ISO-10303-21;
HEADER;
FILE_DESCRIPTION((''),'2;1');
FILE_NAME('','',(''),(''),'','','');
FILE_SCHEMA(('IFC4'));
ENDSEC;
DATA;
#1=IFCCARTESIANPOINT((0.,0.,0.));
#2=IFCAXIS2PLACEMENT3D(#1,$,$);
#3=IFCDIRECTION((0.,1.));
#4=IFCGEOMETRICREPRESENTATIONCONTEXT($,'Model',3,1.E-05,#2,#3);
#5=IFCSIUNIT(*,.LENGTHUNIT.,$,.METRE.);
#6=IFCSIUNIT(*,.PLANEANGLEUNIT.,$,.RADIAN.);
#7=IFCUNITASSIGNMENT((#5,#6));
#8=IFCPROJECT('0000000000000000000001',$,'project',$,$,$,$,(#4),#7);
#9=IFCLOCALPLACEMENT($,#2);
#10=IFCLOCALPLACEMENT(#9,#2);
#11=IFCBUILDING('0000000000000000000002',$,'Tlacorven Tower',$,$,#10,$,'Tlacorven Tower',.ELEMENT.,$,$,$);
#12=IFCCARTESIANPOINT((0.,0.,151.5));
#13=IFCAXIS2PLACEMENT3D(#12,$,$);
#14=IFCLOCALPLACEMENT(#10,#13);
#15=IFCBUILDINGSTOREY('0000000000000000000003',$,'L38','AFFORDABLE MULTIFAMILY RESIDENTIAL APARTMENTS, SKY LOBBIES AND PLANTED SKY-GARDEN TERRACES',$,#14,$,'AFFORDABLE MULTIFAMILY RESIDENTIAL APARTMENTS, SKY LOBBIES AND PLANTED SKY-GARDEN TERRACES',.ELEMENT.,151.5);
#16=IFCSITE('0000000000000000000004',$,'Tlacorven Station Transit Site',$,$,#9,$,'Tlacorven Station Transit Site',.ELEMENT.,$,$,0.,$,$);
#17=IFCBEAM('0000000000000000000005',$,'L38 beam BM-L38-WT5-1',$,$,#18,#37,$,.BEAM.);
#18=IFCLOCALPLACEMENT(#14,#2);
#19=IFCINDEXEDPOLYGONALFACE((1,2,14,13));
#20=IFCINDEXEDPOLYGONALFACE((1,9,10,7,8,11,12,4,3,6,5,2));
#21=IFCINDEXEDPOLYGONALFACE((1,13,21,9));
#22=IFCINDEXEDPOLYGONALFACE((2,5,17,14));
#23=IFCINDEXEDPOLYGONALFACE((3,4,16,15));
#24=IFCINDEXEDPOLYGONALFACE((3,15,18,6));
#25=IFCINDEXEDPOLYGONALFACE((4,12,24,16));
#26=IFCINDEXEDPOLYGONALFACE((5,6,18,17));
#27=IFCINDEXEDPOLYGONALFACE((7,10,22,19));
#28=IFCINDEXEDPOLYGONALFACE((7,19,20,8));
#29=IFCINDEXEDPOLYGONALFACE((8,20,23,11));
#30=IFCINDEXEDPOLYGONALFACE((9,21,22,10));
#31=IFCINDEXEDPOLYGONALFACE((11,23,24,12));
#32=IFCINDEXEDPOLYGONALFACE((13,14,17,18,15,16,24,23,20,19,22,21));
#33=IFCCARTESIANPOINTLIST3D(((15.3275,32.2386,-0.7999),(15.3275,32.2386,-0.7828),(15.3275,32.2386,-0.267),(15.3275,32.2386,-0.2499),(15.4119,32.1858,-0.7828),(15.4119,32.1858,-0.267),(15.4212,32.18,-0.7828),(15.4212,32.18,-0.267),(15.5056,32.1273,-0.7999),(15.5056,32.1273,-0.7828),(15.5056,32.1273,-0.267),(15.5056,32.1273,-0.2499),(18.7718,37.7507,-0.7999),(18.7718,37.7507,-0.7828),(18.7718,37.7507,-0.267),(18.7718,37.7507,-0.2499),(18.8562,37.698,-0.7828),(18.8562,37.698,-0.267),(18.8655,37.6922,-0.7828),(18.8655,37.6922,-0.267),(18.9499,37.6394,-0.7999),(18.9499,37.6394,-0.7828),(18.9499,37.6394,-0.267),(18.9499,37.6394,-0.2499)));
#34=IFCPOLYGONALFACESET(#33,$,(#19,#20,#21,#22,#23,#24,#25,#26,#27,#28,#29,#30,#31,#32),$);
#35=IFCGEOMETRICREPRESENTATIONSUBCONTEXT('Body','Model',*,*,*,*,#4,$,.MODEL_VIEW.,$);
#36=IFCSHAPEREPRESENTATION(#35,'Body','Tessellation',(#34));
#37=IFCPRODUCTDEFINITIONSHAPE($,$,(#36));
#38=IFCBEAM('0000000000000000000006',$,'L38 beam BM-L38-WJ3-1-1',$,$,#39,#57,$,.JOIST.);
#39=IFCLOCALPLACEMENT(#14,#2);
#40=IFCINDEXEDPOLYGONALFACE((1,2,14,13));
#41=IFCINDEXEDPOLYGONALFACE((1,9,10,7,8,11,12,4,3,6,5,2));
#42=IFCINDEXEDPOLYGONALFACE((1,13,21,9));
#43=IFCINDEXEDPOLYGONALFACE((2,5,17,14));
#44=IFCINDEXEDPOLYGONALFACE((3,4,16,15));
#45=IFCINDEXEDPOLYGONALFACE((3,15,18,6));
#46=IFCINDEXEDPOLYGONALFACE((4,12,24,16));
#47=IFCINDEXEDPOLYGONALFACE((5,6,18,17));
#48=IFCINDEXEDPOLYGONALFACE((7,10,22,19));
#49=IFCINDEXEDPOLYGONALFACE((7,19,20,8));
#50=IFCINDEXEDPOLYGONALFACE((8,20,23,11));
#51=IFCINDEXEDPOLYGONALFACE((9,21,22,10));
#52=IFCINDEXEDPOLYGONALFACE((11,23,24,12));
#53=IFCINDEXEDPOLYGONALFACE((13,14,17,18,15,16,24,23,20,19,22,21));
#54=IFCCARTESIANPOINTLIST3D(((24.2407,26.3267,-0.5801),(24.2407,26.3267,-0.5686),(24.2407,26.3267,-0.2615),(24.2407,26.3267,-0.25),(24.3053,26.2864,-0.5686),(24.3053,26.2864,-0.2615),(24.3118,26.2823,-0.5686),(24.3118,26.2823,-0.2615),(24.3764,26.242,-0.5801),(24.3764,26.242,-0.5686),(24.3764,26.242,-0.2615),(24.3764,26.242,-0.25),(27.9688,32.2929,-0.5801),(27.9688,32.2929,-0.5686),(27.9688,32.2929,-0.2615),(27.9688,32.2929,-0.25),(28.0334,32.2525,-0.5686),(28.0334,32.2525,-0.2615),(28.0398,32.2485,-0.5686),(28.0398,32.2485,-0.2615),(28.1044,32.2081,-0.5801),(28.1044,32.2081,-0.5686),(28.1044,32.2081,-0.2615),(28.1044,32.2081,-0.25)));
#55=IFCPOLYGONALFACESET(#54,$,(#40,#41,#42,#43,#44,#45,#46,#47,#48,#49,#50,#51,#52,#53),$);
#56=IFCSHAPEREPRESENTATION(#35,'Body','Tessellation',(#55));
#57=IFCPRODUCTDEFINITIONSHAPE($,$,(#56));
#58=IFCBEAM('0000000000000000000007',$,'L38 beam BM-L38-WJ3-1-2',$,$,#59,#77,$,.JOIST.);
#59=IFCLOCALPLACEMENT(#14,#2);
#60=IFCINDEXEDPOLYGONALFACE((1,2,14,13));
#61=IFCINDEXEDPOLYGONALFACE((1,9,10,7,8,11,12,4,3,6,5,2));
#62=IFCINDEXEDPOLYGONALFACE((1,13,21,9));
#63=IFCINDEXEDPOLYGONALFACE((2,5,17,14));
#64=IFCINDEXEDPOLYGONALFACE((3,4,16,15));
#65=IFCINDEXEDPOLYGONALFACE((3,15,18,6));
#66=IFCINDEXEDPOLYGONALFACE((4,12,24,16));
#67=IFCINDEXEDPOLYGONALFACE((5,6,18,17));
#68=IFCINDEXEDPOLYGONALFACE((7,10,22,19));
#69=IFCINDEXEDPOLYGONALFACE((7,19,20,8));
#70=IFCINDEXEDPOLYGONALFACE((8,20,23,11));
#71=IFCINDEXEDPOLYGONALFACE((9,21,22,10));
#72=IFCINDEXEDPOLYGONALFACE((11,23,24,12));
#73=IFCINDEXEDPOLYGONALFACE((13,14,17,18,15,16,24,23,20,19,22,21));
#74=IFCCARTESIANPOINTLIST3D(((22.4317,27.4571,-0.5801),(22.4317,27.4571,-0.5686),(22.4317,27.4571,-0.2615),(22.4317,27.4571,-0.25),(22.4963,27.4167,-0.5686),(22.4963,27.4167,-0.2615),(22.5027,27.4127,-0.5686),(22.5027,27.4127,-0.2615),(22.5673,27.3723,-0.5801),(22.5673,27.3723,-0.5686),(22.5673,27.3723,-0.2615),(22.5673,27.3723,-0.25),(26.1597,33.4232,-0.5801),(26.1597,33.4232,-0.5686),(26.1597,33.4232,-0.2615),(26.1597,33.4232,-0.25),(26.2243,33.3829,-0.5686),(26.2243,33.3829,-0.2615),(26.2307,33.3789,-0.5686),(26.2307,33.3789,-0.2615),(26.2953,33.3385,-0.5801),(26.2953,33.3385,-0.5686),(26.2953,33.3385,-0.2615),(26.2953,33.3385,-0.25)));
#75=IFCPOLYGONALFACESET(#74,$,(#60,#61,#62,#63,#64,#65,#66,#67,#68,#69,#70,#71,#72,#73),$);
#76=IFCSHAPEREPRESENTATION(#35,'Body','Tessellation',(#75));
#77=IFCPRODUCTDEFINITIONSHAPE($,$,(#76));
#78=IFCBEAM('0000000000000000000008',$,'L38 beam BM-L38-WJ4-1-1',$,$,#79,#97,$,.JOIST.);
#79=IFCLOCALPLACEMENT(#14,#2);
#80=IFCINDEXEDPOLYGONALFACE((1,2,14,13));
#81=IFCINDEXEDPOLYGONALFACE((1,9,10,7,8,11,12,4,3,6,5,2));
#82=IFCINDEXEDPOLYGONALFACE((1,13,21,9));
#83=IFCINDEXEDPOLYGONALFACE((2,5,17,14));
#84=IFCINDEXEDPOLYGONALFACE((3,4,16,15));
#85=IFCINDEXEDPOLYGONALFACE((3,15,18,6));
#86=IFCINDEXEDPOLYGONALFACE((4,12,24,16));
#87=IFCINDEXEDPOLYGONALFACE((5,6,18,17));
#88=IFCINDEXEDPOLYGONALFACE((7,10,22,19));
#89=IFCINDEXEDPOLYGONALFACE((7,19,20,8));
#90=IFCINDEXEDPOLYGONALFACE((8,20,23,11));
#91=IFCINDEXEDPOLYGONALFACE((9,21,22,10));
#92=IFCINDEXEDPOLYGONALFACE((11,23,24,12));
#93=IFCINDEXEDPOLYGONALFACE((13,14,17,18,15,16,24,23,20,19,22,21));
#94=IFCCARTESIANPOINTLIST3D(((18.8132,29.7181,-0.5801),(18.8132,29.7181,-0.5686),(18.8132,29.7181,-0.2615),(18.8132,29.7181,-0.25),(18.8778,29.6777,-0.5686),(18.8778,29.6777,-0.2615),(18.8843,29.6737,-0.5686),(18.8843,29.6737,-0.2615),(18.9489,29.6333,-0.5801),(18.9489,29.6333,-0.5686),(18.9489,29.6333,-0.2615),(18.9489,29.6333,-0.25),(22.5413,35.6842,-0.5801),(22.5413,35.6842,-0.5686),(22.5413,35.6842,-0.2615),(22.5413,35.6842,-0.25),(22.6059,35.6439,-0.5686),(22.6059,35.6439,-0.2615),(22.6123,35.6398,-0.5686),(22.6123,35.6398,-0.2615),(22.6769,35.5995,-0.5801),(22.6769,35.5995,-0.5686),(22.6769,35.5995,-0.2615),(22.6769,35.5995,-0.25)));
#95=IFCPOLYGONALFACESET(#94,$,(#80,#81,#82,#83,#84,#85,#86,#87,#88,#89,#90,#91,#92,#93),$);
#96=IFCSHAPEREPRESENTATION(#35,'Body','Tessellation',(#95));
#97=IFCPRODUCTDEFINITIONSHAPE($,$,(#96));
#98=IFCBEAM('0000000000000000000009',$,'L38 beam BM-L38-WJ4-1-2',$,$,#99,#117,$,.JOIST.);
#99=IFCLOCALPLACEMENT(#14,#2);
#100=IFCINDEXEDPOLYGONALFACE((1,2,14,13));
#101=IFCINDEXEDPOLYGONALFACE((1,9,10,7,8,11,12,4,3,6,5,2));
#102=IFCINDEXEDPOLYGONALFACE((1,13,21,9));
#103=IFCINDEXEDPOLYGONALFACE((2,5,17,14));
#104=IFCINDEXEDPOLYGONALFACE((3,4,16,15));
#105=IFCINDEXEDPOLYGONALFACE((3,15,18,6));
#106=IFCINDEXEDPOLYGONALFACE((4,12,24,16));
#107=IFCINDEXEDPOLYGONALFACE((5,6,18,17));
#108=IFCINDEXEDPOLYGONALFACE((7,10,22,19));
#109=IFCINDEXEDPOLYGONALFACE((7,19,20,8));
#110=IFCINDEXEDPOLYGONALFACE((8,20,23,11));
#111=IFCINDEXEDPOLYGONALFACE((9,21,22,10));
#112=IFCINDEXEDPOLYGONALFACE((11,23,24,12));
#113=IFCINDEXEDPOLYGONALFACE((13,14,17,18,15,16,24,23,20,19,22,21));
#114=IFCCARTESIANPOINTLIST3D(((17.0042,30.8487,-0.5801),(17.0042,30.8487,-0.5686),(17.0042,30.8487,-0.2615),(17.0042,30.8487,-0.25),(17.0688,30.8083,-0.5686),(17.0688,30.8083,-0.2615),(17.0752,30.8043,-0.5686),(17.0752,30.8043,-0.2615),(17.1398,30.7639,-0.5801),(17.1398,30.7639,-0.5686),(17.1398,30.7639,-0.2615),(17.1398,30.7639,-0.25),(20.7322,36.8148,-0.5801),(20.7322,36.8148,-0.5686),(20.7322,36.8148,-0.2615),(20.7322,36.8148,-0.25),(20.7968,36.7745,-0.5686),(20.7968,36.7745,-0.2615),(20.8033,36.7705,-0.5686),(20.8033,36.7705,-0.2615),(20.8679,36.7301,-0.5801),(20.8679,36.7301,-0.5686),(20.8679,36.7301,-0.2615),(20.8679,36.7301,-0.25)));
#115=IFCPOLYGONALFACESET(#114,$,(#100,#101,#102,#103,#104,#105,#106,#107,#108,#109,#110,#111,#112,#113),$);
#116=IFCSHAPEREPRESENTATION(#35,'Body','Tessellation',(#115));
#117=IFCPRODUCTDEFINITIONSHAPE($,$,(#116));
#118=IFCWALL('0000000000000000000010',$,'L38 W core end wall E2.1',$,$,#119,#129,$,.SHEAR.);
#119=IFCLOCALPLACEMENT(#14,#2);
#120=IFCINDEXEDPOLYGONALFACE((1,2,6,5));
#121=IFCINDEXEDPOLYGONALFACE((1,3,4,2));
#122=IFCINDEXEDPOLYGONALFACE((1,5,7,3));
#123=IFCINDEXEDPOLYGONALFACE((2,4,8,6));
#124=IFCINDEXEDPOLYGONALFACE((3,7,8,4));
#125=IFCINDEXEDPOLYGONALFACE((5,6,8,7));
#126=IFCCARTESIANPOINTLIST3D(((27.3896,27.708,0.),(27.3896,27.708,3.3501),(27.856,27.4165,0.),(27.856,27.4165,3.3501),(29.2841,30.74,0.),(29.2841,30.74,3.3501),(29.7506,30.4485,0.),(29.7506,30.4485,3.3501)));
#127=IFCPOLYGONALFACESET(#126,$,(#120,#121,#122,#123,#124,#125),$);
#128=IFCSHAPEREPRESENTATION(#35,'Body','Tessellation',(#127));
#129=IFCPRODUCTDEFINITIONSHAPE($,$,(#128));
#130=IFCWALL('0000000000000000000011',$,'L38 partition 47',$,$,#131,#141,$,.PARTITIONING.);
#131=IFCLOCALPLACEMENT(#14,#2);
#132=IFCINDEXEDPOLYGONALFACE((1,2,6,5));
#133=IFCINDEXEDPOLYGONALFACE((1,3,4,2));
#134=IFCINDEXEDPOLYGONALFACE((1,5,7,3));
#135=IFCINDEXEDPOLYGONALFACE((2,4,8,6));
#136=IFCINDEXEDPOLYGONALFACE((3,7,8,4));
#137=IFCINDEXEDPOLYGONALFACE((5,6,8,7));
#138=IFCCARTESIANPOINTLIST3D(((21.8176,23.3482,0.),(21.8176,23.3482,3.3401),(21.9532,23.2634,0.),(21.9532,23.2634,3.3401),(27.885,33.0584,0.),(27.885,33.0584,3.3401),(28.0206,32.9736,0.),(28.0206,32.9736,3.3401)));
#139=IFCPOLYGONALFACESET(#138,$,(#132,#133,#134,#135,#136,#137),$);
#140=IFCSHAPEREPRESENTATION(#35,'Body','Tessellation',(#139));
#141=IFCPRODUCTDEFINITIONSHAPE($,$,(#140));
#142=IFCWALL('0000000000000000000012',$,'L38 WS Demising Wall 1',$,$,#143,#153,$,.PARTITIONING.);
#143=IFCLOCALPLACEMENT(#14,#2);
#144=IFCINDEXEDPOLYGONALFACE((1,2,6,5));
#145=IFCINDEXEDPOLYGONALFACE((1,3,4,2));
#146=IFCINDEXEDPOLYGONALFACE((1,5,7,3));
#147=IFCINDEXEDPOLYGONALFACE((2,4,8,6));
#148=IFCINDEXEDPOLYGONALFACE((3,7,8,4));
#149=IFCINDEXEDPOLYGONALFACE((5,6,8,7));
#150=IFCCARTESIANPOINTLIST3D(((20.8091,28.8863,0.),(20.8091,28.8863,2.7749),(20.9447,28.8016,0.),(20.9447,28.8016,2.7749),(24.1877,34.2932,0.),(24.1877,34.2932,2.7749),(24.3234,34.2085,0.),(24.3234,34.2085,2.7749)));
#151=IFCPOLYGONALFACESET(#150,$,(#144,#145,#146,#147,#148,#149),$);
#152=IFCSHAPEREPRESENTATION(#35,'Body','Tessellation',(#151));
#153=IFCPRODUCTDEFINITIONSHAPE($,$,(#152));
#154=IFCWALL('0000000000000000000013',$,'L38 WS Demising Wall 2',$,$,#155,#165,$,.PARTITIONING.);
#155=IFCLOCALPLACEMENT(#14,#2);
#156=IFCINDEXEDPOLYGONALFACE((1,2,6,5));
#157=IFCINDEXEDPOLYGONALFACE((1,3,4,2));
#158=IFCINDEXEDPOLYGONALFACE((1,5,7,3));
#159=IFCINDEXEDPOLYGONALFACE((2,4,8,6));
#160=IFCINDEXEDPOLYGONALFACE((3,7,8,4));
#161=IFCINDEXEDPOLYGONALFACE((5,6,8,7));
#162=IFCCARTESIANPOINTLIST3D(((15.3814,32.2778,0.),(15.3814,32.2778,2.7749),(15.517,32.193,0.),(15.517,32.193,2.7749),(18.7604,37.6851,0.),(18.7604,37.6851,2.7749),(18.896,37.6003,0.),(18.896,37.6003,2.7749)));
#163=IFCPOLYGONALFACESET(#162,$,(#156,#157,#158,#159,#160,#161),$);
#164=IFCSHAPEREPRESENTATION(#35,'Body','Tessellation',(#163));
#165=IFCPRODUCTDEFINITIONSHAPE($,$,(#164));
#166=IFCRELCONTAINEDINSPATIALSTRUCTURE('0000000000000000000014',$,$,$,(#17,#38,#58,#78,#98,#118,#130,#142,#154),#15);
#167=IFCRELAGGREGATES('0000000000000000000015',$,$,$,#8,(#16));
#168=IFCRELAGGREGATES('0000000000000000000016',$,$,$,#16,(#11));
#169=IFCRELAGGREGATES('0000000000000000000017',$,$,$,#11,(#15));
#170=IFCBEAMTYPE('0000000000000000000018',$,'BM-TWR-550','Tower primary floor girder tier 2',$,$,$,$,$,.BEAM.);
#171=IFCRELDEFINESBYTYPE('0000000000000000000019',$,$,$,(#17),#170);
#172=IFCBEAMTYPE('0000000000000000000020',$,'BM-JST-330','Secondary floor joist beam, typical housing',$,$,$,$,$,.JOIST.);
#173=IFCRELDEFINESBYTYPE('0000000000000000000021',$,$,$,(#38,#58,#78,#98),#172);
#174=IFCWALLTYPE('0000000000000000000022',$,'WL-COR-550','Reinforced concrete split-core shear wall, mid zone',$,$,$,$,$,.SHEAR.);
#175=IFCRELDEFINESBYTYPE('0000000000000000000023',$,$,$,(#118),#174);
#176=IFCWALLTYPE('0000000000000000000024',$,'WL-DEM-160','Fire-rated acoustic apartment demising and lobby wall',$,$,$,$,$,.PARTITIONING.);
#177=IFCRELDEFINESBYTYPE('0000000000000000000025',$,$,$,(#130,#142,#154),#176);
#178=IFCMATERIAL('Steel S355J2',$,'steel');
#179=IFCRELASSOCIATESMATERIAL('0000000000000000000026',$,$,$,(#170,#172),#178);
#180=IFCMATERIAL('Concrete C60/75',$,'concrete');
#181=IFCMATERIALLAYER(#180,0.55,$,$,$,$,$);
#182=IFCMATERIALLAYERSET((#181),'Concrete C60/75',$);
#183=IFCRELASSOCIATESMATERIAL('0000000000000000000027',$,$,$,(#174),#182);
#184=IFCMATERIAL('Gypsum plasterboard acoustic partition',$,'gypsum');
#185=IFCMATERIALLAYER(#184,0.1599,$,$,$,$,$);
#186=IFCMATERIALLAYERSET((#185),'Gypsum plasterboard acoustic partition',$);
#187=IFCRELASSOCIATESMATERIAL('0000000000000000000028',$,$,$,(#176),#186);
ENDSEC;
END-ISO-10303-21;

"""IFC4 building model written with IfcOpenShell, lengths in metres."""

from ifc_helpers import new_model, si_unit, direction, frame, frame_2d, origin, origin_2d, place, context, subcontext, project, spatial, rectangle, i_section, extrude, source, transform, mapped, material, layer, layer_set, material_profile, profile_set, type_object, element, save


model = new_model("IFC4")

# Units and contexts
model_context = context("Model", 3, precision=1e-05, world=origin(), true_north=direction((0.0, 1.0)))
body_context = subcontext(model_context, "Body", "Model", "MODEL_VIEW")
ifc_project = project(units=[si_unit("LENGTHUNIT", "METRE"), si_unit("PLANEANGLEUNIT", "RADIAN")], contexts=[model_context])

# Site, building, storey
site_placement = place(None, origin())
site = spatial("IfcSite", under=ifc_project, at=site_placement, Name="Tlacorven Station Transit Site", LongName="Tlacorven Station Transit Site", CompositionType="ELEMENT", RefElevation=0.0)
building_placement = place(site_placement, origin())
building = spatial("IfcBuilding", under=site, at=building_placement, Name="Tlacorven Tower", LongName="Tlacorven Tower", CompositionType="ELEMENT")
storey_placement = place(building_placement, frame((0.0, 0.0, 151.5)))
storey = spatial("IfcBuildingStorey", under=building, at=storey_placement, Name="L38", Description="AFFORDABLE MULTIFAMILY RESIDENTIAL APARTMENTS, SKY LOBBIES AND PLANTED SKY-GARDEN TERRACES", LongName="AFFORDABLE MULTIFAMILY RESIDENTIAL APARTMENTS, SKY LOBBIES AND PLANTED SKY-GARDEN TERRACES", CompositionType="ELEMENT", Elevation=151.5)

# Beams
ifc_material_1 = material(Name="Steel S355J2", Category="steel")
ifc_material_profile_1 = material_profile(ifc_material_1, i_section(OverallWidth=0.21, OverallDepth=0.55, WebThickness=0.011, FlangeThickness=0.0171, at=origin_2d()), Name="IPE 550")
ifc_profile_set_1 = profile_set([ifc_material_profile_1], Name="Steel S355J2")
beam_type_1 = type_object("IfcBeamType", Name="BM-TWR-550", Description="Tower primary floor girder tier 2", PredefinedType="BEAM", material=ifc_profile_set_1)
shared_shape_1 = source(origin(), body_context, "Body", "SweptSolid", [
    extrude(i_section(OverallWidth=0.21, OverallDepth=0.55, WebThickness=0.011, FlangeThickness=0.0171, at=origin_2d()), origin(), (0.0, 0.0, 1.0), 6.4998),
])
beam_1_placement = place(storey_placement, frame((18.8608, 37.6951, -0.5249), z_axis=(-0.529911, -0.848053, 0.0), x_axis=(0.848053, -0.529911, 0.0)))
element("IfcBeam", 1, at=beam_1_placement, inside=storey, type_object=beam_type_1, Name="L38 beam BM-L38-WT5-1", PredefinedType="BEAM", context=body_context, shape_type="MappedRepresentation", body=[
    mapped(shared_shape_1, transform((0.0, 0.0, 0.0), scale=1.0)),
])
ifc_material_profile_2 = material_profile(ifc_material_1, i_section(OverallWidth=0.1599, OverallDepth=0.3301, WebThickness=0.0076, FlangeThickness=0.0115, at=origin_2d()), Name="IPE 330")
ifc_profile_set_2 = profile_set([ifc_material_profile_2], Name="Steel S355J2")
beam_type_2 = type_object("IfcBeamType", Name="BM-JST-330", Description="Secondary floor joist beam, typical housing", PredefinedType="JOIST", material=ifc_profile_set_2)
shared_shape_2 = source(origin(), body_context, "Body", "SweptSolid", [
    extrude(i_section(OverallWidth=0.1599, OverallDepth=0.3301, WebThickness=0.0076, FlangeThickness=0.0115, at=origin_2d()), origin(), (0.0, 0.0, 1.0), 7.0352),
])
for number, where, z_axis, x_axis, name in (
    (2, (28.0366, 32.2505, -0.415), (-0.529921, -0.848047, 0.0), (0.848047, -0.529921, 0.0), "L38 beam BM-L38-WJ3-1-1"),
    (3, (26.2275, 33.3809, -0.415), (-0.529921, -0.848047, 0.0), (0.848047, -0.529921, 0.0), "L38 beam BM-L38-WJ3-1-2"),
    (4, (22.6091, 35.6418, -0.415), (-0.529921, -0.848047, 0.0), (0.848047, -0.529921, 0.0), "L38 beam BM-L38-WJ4-1-1"),
    (5, (20.8, 36.7725, -0.415), (-0.529921, -0.848047, 0.0), (0.848047, -0.529921, 0.0), "L38 beam BM-L38-WJ4-1-2"),
):
    element("IfcBeam", number, at=place(storey_placement, frame(where, z_axis=z_axis, x_axis=x_axis)), inside=storey, type_object=beam_type_2, Name=name, PredefinedType="JOIST", context=body_context, shape_type="MappedRepresentation", body=[
        mapped(shared_shape_2, transform((0.0, 0.0, 0.0), scale=1.0)),
    ])

# Walls
ifc_material_2 = material(Name="Concrete C60/75", Category="concrete")
ifc_layer_1 = layer(ifc_material_2, 0.55)
ifc_layer_set_1 = layer_set([ifc_layer_1], Name="Concrete C60/75")
wall_type_1 = type_object("IfcWallType", Name="WL-COR-550", Description="Reinforced concrete split-core shear wall, mid zone", PredefinedType="SHEAR", material=ifc_layer_set_1)
wall_1_placement = place(storey_placement, frame((29.5173, 30.5942, 0.0), z_axis=(0.0, 0.0, 1.0), x_axis=(-0.529907, -0.848056, 0.0)))
element("IfcWall", 6, at=wall_1_placement, inside=storey, type_object=wall_type_1, Name="L38 W core end wall E2.1", PredefinedType="SHEAR", context=body_context, shape_type="SweptSolid", body=[
    extrude(rectangle(XDim=3.5752, YDim=0.55, at=frame_2d((1.7876, 0.0))), origin(), (0.0, 0.0, 1.0), 3.3501),
])
ifc_material_3 = material(Name="Gypsum plasterboard acoustic partition", Category="gypsum")
ifc_layer_2 = layer(ifc_material_3, 0.1599)
ifc_layer_set_2 = layer_set([ifc_layer_2], Name="Gypsum plasterboard acoustic partition")
wall_type_2 = type_object("IfcWallType", Name="WL-DEM-160", Description="Fire-rated acoustic apartment demising and lobby wall", PredefinedType="PARTITIONING", material=ifc_layer_set_2)
wall_2_placement = place(storey_placement, frame((27.9529, 33.0161, 0.0), z_axis=(0.0, 0.0, 1.0), x_axis=(-0.529905, -0.848057, 0.0)))
element("IfcWall", 7, at=wall_2_placement, inside=storey, type_object=wall_type_2, Name="L38 partition 47", PredefinedType="PARTITIONING", context=body_context, shape_type="SweptSolid", body=[
    extrude(rectangle(XDim=11.45, YDim=0.1599, at=frame_2d((5.7251, 0.0))), origin(), (0.0, 0.0, 1.0), 3.3401),
])
wall_3_placement = place(storey_placement, frame((24.2556, 34.251, 0.0), z_axis=(0.0, 0.0, 1.0), x_axis=(-0.52992, -0.848048, 0.0)))
element("IfcWall", 8, at=wall_3_placement, inside=storey, type_object=wall_type_2, Name="L38 WS Demising Wall 1", PredefinedType="PARTITIONING", context=body_context, shape_type="SweptSolid", body=[
    extrude(rectangle(XDim=6.3757, YDim=0.1599, at=frame_2d((3.188, 0.0))), origin(), (0.0, 0.0, 1.0), 2.7749),
])
wall_4_placement = place(storey_placement, frame((18.8281, 37.6426, 0.0), z_axis=(0.0, 0.0, 1.0), x_axis=(-0.52993, -0.848041, 0.0)))
element("IfcWall", 9, at=wall_4_placement, inside=storey, type_object=wall_type_2, Name="L38 WS Demising Wall 2", PredefinedType="PARTITIONING", context=body_context, shape_type="SweptSolid", body=[
    extrude(rectangle(XDim=6.3762, YDim=0.1599, at=frame_2d((3.188, 0.0))), origin(), (0.0, 0.0, 1.0), 2.7749),
])

save(model, "model.ifc")
